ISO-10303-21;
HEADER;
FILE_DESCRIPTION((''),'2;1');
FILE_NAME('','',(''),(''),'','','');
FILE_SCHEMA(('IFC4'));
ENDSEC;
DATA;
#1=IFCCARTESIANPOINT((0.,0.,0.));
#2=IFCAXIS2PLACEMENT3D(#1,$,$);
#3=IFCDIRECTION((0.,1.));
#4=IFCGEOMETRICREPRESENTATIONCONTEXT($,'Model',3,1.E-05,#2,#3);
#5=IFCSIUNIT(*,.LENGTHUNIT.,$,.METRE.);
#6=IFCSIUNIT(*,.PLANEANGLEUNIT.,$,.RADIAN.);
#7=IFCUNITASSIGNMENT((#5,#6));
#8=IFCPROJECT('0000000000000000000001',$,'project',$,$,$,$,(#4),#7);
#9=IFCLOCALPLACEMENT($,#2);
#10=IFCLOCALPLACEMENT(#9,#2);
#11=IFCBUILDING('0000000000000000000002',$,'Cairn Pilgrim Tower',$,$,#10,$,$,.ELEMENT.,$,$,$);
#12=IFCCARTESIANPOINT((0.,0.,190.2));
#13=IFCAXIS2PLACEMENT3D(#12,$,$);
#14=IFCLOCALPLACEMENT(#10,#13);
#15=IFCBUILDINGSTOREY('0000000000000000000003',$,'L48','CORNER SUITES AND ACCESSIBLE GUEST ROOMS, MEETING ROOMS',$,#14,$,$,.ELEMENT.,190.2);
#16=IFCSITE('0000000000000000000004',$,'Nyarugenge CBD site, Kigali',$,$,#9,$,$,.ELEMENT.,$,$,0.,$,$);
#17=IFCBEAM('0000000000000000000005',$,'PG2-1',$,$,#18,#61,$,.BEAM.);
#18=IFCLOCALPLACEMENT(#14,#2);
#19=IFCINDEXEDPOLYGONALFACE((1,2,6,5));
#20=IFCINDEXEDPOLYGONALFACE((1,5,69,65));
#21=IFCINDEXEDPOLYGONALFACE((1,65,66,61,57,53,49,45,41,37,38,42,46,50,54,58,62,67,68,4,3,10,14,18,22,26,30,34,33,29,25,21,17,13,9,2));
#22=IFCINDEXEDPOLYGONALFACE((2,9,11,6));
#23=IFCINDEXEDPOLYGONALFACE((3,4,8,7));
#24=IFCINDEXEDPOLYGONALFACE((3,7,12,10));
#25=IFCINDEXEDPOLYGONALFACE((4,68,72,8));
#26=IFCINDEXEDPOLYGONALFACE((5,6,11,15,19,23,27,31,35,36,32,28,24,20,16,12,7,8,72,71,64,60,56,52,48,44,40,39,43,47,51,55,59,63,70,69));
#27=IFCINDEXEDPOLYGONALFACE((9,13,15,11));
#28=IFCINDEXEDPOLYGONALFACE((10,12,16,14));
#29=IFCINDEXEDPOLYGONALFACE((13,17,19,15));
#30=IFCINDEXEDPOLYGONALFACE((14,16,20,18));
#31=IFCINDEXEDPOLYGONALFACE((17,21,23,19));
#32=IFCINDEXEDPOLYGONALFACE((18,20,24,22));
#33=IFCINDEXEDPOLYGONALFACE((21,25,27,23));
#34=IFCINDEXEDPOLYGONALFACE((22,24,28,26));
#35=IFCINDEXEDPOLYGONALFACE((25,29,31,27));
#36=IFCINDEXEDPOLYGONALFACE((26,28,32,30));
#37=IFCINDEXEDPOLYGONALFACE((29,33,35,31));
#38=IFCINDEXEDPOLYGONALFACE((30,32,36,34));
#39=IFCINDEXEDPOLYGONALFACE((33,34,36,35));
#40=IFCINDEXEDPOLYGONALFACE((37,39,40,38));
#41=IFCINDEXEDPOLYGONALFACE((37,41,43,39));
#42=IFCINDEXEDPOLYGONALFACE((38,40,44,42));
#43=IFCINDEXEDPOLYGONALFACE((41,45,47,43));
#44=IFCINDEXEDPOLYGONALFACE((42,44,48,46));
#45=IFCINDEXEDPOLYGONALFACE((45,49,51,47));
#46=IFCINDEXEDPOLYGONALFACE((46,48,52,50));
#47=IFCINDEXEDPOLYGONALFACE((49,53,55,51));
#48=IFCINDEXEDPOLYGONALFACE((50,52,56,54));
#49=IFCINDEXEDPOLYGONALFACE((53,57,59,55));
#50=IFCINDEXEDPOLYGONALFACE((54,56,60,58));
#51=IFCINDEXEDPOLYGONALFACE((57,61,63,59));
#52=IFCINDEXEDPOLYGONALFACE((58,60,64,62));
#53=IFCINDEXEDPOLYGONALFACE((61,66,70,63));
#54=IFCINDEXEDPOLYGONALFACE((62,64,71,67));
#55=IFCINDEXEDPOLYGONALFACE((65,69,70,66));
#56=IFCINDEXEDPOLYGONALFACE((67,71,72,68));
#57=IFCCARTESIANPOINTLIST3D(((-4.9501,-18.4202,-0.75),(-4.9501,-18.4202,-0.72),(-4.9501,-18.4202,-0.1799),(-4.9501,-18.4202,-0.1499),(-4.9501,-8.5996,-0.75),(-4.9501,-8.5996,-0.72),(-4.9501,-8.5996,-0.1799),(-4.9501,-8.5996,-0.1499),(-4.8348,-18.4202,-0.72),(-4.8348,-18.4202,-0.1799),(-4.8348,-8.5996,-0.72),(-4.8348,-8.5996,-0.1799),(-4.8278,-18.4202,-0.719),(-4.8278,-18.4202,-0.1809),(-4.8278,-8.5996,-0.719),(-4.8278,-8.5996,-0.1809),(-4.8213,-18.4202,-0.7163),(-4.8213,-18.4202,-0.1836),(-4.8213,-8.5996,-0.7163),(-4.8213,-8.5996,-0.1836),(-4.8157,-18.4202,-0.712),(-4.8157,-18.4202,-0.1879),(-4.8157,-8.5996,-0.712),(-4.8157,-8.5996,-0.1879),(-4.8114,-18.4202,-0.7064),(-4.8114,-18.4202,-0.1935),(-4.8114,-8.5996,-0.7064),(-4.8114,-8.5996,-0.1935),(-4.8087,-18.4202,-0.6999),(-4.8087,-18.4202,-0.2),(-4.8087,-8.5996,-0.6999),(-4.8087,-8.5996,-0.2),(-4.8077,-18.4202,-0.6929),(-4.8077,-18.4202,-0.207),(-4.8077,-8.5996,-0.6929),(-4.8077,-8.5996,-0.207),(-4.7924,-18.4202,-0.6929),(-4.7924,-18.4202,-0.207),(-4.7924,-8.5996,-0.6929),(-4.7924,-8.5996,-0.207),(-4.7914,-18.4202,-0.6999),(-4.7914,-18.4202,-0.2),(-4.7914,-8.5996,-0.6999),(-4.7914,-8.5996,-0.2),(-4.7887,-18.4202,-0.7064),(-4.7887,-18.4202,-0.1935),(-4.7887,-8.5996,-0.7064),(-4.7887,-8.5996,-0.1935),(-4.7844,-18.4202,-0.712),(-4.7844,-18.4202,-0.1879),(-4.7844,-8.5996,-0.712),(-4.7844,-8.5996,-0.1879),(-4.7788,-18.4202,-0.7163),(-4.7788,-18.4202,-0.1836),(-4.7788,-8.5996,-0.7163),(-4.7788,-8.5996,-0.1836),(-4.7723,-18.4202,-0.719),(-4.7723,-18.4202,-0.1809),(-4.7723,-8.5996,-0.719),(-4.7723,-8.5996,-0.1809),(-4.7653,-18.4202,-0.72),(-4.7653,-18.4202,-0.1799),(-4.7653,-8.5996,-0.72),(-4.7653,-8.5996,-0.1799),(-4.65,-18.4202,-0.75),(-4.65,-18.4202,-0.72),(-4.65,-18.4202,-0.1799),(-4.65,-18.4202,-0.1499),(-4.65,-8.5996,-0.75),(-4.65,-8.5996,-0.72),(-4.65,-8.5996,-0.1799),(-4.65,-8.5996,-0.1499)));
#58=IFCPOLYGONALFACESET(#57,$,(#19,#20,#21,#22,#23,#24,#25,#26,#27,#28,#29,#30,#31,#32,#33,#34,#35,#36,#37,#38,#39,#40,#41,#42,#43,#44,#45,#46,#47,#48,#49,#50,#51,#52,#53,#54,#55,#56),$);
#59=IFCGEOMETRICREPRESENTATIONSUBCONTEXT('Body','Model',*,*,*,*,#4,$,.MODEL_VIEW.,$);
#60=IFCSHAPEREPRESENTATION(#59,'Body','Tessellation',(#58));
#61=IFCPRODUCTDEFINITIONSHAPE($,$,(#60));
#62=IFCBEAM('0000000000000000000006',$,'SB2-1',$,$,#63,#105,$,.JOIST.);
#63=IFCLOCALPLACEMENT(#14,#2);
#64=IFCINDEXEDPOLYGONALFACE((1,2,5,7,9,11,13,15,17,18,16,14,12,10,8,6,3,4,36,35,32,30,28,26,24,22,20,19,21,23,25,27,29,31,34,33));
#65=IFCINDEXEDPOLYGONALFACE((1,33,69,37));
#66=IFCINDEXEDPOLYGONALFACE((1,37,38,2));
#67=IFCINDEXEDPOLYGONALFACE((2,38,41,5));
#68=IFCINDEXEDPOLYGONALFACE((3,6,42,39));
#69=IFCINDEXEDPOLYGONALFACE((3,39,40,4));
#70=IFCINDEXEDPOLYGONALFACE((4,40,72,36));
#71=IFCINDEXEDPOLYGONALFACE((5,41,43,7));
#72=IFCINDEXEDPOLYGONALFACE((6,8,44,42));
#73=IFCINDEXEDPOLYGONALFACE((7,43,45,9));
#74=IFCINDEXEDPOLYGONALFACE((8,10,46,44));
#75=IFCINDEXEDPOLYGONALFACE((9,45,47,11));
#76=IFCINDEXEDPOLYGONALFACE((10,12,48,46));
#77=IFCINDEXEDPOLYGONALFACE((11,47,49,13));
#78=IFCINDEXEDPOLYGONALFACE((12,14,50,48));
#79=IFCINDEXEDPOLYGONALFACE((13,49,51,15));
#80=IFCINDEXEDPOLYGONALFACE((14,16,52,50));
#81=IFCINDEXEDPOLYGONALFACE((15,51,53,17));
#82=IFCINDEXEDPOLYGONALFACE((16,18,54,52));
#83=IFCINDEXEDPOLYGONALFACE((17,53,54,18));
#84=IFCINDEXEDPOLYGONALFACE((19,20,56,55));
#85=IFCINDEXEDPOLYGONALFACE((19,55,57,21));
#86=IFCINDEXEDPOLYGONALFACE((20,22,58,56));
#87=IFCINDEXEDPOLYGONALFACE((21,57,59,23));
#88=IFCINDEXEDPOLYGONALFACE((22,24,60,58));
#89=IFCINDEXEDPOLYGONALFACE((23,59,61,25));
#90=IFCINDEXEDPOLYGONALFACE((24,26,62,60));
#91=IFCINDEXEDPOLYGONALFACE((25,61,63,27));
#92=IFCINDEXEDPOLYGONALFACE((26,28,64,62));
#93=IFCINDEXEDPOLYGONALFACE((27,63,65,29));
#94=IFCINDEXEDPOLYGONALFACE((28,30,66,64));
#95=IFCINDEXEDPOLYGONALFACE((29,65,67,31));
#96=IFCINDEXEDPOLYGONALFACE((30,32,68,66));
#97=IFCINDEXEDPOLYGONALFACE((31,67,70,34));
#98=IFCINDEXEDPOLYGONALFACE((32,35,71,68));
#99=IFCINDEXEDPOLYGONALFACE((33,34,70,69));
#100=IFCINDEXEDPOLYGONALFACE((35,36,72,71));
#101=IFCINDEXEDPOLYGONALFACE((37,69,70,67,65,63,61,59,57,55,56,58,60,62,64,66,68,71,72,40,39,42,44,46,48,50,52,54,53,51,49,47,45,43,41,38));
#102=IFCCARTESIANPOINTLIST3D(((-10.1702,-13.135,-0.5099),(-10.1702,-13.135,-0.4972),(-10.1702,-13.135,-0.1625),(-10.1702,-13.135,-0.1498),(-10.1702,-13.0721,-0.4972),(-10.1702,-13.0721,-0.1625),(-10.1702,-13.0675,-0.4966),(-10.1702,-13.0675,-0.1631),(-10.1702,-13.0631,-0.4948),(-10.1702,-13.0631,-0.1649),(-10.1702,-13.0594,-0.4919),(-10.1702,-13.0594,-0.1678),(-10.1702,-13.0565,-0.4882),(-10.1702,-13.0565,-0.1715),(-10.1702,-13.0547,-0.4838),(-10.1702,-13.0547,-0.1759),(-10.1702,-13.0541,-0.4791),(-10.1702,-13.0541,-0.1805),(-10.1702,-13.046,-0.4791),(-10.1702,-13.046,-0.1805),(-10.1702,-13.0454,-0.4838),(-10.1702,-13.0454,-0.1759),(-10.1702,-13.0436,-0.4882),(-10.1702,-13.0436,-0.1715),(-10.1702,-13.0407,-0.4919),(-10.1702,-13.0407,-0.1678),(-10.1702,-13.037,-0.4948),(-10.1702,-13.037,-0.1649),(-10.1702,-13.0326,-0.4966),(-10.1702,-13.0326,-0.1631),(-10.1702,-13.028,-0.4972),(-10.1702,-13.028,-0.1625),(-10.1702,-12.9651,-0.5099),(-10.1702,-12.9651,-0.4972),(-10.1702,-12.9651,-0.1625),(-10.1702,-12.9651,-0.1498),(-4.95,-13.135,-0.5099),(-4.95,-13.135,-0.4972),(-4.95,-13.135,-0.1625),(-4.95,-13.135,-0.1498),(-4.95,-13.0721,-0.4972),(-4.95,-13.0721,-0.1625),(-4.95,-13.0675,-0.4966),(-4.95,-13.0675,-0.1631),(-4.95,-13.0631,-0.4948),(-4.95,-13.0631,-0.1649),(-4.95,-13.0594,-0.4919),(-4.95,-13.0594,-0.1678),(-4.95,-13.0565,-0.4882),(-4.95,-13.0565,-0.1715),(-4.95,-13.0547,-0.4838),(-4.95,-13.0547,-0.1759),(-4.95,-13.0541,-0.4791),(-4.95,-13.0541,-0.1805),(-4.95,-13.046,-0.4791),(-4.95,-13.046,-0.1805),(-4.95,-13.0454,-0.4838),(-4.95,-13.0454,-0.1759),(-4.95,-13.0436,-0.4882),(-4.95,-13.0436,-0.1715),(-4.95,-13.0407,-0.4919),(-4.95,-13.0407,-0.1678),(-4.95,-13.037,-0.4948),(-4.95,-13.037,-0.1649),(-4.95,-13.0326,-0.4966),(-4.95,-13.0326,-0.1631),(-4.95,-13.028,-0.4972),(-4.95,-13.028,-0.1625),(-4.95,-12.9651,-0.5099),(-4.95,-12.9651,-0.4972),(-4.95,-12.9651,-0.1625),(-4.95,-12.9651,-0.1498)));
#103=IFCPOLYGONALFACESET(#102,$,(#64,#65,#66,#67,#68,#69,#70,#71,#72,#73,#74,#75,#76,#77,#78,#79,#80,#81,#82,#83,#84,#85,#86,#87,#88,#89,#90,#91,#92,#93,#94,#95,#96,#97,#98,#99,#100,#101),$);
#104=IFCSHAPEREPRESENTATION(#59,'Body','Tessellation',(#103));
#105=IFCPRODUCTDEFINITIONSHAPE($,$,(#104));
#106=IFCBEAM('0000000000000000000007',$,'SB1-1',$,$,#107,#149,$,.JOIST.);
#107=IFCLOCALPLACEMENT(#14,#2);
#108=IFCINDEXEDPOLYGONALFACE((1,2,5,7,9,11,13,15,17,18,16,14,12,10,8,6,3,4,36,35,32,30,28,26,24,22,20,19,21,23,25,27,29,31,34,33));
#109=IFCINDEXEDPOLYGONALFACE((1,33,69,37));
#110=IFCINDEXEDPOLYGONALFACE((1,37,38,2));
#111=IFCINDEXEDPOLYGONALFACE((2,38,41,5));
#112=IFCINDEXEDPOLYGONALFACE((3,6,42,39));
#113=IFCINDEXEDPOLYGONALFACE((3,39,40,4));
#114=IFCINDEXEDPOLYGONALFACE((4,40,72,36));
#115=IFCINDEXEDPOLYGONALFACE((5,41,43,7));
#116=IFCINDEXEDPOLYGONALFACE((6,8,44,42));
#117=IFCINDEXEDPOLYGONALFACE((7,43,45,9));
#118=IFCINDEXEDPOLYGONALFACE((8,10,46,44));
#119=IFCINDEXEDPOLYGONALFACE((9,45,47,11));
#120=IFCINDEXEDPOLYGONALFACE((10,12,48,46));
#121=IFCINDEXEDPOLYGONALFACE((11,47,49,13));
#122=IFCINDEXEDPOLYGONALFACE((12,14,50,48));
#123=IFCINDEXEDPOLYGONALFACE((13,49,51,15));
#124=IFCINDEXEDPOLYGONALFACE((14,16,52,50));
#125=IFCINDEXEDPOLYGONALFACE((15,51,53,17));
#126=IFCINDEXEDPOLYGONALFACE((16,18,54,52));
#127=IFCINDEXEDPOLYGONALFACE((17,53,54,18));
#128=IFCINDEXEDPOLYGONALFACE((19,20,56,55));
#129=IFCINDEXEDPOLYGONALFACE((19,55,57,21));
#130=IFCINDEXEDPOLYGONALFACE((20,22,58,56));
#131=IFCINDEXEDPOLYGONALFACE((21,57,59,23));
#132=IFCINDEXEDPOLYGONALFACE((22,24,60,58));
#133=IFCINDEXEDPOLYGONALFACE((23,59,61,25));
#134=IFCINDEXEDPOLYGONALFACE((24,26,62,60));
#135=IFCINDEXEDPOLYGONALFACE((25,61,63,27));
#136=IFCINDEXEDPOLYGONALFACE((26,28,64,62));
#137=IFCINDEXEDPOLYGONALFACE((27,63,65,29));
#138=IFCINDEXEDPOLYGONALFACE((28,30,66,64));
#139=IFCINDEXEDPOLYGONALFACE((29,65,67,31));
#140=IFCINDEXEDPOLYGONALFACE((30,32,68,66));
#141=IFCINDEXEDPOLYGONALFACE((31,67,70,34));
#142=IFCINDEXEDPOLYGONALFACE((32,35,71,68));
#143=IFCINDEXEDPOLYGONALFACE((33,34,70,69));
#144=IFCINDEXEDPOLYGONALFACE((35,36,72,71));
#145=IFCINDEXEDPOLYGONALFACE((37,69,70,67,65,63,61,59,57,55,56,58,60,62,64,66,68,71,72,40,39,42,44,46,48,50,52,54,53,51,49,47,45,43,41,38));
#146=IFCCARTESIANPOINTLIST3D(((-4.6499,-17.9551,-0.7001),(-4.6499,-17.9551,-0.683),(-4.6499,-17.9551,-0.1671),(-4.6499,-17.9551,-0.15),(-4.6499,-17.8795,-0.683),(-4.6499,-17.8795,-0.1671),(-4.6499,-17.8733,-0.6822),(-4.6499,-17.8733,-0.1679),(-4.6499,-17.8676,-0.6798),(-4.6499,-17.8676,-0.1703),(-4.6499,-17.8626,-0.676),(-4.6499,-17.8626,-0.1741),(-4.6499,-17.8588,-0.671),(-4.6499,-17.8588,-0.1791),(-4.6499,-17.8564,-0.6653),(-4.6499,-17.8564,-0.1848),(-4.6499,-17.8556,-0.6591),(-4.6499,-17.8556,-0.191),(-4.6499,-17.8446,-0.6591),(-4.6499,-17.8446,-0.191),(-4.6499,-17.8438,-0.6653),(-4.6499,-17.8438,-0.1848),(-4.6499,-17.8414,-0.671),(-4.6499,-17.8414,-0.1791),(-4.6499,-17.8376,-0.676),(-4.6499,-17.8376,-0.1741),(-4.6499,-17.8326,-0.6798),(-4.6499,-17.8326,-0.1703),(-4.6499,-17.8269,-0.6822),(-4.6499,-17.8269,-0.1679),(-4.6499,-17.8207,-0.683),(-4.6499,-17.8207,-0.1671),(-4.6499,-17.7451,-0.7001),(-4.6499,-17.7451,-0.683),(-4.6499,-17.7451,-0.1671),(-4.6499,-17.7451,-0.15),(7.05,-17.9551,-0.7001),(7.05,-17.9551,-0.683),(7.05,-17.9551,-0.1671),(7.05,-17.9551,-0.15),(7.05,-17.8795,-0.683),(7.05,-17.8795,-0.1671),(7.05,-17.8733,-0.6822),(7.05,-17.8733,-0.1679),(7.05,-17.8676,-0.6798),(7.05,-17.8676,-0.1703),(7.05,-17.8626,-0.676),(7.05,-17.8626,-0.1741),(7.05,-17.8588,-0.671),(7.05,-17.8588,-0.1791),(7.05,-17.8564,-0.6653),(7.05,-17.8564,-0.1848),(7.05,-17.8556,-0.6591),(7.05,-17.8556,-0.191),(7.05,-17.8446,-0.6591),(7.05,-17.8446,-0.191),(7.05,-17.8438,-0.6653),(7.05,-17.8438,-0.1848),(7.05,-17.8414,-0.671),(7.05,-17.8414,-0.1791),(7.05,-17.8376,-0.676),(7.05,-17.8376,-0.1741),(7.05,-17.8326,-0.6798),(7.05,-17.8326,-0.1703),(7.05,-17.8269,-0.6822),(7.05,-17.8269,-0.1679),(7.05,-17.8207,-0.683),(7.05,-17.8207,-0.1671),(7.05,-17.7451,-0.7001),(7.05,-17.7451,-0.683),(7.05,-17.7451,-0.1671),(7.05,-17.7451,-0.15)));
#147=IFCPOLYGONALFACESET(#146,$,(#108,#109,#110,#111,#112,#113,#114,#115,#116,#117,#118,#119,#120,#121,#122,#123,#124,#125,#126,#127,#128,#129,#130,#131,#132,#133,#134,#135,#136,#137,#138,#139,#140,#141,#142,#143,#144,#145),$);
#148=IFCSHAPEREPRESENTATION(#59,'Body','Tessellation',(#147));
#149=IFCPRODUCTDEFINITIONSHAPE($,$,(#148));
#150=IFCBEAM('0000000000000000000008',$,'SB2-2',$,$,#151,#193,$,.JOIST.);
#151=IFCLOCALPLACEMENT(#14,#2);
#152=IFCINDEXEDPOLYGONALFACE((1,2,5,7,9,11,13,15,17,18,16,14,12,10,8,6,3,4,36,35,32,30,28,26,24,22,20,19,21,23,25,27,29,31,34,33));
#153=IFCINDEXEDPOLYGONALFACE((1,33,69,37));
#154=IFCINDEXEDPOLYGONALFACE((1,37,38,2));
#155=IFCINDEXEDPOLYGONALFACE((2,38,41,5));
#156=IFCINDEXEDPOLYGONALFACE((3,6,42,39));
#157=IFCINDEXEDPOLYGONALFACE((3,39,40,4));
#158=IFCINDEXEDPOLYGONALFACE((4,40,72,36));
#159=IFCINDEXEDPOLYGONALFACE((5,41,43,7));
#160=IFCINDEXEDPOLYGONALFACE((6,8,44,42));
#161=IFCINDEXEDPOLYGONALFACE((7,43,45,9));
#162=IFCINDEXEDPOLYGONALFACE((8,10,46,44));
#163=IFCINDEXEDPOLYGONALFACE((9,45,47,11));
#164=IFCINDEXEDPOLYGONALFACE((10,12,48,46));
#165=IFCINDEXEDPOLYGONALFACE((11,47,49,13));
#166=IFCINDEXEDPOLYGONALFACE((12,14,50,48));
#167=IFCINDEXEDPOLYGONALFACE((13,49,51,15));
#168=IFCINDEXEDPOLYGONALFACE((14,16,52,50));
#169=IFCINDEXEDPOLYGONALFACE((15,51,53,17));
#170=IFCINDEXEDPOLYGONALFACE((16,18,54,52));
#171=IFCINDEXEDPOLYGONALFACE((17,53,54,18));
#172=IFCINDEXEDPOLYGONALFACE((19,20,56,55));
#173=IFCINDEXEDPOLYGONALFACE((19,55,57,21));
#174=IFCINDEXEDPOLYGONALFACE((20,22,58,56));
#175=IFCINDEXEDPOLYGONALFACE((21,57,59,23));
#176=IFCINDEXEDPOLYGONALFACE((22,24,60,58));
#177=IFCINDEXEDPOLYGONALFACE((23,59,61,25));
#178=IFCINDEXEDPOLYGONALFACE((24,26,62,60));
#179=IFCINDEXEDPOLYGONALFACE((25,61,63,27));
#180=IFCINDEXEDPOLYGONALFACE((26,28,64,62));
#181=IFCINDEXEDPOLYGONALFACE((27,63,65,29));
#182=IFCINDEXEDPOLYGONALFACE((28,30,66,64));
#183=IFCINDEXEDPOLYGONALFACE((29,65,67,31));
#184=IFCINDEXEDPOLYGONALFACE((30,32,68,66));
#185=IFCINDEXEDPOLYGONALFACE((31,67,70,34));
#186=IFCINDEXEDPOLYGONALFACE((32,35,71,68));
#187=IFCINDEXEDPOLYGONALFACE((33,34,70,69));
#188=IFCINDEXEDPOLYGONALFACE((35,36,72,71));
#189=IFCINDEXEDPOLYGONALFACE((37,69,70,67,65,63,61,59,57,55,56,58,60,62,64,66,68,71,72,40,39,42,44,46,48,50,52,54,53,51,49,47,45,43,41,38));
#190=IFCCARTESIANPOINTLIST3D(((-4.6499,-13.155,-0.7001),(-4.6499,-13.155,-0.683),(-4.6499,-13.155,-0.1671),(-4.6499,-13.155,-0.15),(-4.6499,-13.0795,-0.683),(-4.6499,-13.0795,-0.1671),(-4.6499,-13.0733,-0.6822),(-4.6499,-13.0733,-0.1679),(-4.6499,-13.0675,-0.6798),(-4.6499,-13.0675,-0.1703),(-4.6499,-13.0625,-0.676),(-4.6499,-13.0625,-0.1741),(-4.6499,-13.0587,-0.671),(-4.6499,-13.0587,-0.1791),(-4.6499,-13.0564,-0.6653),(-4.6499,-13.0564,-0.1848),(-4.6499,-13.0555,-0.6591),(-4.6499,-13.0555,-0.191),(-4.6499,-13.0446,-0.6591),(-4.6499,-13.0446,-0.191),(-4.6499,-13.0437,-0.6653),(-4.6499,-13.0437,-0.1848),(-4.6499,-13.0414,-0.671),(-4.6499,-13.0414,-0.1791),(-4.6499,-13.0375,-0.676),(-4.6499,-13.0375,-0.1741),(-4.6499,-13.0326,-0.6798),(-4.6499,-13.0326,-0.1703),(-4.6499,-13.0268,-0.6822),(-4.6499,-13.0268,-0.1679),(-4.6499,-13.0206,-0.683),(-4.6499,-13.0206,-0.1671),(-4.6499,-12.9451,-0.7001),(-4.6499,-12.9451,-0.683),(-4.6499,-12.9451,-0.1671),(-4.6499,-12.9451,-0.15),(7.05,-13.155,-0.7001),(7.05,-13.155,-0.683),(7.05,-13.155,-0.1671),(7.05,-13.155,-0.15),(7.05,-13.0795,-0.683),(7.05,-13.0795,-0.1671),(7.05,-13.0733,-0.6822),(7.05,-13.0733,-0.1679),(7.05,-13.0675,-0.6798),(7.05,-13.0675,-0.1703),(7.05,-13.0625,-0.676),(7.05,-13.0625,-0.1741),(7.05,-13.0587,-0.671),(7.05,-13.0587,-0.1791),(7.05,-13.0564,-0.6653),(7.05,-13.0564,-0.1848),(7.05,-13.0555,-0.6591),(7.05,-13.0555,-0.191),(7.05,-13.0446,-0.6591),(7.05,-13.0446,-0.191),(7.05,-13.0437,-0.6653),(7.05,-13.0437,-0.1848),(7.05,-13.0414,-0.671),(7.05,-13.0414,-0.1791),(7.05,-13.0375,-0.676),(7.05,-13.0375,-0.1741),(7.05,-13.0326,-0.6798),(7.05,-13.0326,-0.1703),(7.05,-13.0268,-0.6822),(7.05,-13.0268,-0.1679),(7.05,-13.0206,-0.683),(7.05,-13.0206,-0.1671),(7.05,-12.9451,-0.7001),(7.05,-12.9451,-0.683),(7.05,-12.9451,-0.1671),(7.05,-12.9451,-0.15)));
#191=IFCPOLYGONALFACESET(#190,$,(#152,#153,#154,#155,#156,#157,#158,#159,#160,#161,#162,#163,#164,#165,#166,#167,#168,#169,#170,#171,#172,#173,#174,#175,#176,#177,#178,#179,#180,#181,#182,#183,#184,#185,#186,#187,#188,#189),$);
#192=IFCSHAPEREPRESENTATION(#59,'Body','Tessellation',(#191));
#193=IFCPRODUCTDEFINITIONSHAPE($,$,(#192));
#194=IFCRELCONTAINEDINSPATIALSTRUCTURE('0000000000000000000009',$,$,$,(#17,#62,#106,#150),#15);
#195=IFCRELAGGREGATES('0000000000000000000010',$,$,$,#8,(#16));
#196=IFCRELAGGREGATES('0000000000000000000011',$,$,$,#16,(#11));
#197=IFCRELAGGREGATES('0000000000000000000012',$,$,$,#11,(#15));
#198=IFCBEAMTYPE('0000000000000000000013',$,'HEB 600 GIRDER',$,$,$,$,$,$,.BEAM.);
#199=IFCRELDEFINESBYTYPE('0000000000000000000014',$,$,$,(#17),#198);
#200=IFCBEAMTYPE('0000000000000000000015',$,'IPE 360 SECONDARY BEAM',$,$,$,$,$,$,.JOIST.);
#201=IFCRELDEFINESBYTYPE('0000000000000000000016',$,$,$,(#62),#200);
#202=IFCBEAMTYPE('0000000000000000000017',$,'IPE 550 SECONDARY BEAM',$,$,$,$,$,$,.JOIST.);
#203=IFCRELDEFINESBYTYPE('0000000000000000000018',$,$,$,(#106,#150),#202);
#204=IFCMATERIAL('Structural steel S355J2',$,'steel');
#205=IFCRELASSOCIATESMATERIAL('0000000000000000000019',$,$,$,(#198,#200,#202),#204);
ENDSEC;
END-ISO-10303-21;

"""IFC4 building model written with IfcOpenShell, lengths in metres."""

from ifc_helpers import new_model, si_unit, direction, frame, origin, origin_2d, place, context, subcontext, project, spatial, i_section, extrude, material, material_profile, profile_set, type_object, element, save


model = new_model("IFC4")

# Units and contexts
model_context = context("Model", 3, precision=1e-05, world=origin(), true_north=direction((0.0, 1.0)))
body_context = subcontext(model_context, "Body", "Model", "MODEL_VIEW")
ifc_project = project(units=[si_unit("LENGTHUNIT", "METRE"), si_unit("PLANEANGLEUNIT", "RADIAN")], contexts=[model_context])

# Site, building, storey
site_placement = place(None, origin())
site = spatial("IfcSite", under=ifc_project, at=site_placement, Name="Nyarugenge CBD site, Kigali", CompositionType="ELEMENT", RefElevation=0.0)
building_placement = place(site_placement, origin())
building = spatial("IfcBuilding", under=site, at=building_placement, Name="Cairn Pilgrim Tower", CompositionType="ELEMENT")
storey_placement = place(building_placement, frame((0.0, 0.0, 190.2)))
storey = spatial("IfcBuildingStorey", under=building, at=storey_placement, Name="L48", Description="CORNER SUITES AND ACCESSIBLE GUEST ROOMS, MEETING ROOMS", CompositionType="ELEMENT", Elevation=190.2)

# Shared definitions
ifc_material_1 = material(Name="Structural steel S355J2", Category="steel")

# Beams
ifc_material_profile_1 = material_profile(ifc_material_1, i_section(OverallWidth=0.3, OverallDepth=0.6001, WebThickness=0.0154, FlangeThickness=0.03, FilletRadius=0.0271, at=origin_2d()), Name="HEB 600")
ifc_profile_set_1 = profile_set([ifc_material_profile_1], Name="Structural steel S355J2")
beam_type_1 = type_object("IfcBeamType", Name="HEB 600 GIRDER", PredefinedType="BEAM", material=ifc_profile_set_1)
beam_1_placement = place(storey_placement, frame((-4.8, -18.4202, -0.45), z_axis=(0.0, 1.0, 0.0), x_axis=(-1.0, 0.0, 0.0)))
element("IfcBeam", 1, at=beam_1_placement, inside=storey, type_object=beam_type_1, Name="PG2-1", PredefinedType="BEAM", context=body_context, shape_type="SweptSolid", body=[
    extrude(i_section(OverallWidth=0.3, OverallDepth=0.6001, WebThickness=0.0154, FlangeThickness=0.03, FilletRadius=0.0271, at=origin_2d()), origin(), (0.0, 0.0, 1.0), 9.8206),
])
ifc_material_profile_2 = material_profile(ifc_material_1, i_section(OverallWidth=0.1699, OverallDepth=0.3601, WebThickness=0.0081, FlangeThickness=0.0127, FilletRadius=0.0181, at=origin_2d()), Name="IPE 360")
ifc_profile_set_2 = profile_set([ifc_material_profile_2], Name="Structural steel S355J2")
beam_type_2 = type_object("IfcBeamType", Name="IPE 360 SECONDARY BEAM", PredefinedType="JOIST", material=ifc_profile_set_2)
beam_2_placement = place(storey_placement, frame((-10.1702, -13.05, -0.3298), z_axis=(1.0, 0.0, 0.0), x_axis=(0.0, 1.0, 0.0)))
element("IfcBeam", 2, at=beam_2_placement, inside=storey, type_object=beam_type_2, Name="SB2-1", PredefinedType="JOIST", context=body_context, shape_type="SweptSolid", body=[
    extrude(i_section(OverallWidth=0.1699, OverallDepth=0.3601, WebThickness=0.0081, FlangeThickness=0.0127, FilletRadius=0.0181, at=origin_2d()), origin(), (0.0, 0.0, 1.0), 5.2202),
])
ifc_material_profile_3 = material_profile(ifc_material_1, i_section(OverallWidth=0.21, OverallDepth=0.55, WebThickness=0.011, FlangeThickness=0.0171, FilletRadius=0.0239, at=origin_2d()), Name="IPE 550")
ifc_profile_set_3 = profile_set([ifc_material_profile_3], Name="Structural steel S355J2")
beam_type_3 = type_object("IfcBeamType", Name="IPE 550 SECONDARY BEAM", PredefinedType="JOIST", material=ifc_profile_set_3)
for number, where, z_axis, x_axis, name in (
    (3, (-4.6499, -17.8501, -0.425), (1.0, 0.0, 0.0), (0.0, 1.0, 0.0), "SB1-1"),
    (4, (-4.6499, -13.05, -0.425), (1.0, 0.0, 0.0), (0.0, 1.0, 0.0), "SB2-2"),
):
    element("IfcBeam", number, at=place(storey_placement, frame(where, z_axis=z_axis, x_axis=x_axis)), inside=storey, type_object=beam_type_3, Name=name, PredefinedType="JOIST", context=body_context, shape_type="SweptSolid", body=[
        extrude(i_section(OverallWidth=0.21, OverallDepth=0.55, WebThickness=0.011, FlangeThickness=0.0171, FilletRadius=0.0239, at=origin_2d()), origin(), (0.0, 0.0, 1.0), 11.7),
    ])

save(model, "model.ifc")
